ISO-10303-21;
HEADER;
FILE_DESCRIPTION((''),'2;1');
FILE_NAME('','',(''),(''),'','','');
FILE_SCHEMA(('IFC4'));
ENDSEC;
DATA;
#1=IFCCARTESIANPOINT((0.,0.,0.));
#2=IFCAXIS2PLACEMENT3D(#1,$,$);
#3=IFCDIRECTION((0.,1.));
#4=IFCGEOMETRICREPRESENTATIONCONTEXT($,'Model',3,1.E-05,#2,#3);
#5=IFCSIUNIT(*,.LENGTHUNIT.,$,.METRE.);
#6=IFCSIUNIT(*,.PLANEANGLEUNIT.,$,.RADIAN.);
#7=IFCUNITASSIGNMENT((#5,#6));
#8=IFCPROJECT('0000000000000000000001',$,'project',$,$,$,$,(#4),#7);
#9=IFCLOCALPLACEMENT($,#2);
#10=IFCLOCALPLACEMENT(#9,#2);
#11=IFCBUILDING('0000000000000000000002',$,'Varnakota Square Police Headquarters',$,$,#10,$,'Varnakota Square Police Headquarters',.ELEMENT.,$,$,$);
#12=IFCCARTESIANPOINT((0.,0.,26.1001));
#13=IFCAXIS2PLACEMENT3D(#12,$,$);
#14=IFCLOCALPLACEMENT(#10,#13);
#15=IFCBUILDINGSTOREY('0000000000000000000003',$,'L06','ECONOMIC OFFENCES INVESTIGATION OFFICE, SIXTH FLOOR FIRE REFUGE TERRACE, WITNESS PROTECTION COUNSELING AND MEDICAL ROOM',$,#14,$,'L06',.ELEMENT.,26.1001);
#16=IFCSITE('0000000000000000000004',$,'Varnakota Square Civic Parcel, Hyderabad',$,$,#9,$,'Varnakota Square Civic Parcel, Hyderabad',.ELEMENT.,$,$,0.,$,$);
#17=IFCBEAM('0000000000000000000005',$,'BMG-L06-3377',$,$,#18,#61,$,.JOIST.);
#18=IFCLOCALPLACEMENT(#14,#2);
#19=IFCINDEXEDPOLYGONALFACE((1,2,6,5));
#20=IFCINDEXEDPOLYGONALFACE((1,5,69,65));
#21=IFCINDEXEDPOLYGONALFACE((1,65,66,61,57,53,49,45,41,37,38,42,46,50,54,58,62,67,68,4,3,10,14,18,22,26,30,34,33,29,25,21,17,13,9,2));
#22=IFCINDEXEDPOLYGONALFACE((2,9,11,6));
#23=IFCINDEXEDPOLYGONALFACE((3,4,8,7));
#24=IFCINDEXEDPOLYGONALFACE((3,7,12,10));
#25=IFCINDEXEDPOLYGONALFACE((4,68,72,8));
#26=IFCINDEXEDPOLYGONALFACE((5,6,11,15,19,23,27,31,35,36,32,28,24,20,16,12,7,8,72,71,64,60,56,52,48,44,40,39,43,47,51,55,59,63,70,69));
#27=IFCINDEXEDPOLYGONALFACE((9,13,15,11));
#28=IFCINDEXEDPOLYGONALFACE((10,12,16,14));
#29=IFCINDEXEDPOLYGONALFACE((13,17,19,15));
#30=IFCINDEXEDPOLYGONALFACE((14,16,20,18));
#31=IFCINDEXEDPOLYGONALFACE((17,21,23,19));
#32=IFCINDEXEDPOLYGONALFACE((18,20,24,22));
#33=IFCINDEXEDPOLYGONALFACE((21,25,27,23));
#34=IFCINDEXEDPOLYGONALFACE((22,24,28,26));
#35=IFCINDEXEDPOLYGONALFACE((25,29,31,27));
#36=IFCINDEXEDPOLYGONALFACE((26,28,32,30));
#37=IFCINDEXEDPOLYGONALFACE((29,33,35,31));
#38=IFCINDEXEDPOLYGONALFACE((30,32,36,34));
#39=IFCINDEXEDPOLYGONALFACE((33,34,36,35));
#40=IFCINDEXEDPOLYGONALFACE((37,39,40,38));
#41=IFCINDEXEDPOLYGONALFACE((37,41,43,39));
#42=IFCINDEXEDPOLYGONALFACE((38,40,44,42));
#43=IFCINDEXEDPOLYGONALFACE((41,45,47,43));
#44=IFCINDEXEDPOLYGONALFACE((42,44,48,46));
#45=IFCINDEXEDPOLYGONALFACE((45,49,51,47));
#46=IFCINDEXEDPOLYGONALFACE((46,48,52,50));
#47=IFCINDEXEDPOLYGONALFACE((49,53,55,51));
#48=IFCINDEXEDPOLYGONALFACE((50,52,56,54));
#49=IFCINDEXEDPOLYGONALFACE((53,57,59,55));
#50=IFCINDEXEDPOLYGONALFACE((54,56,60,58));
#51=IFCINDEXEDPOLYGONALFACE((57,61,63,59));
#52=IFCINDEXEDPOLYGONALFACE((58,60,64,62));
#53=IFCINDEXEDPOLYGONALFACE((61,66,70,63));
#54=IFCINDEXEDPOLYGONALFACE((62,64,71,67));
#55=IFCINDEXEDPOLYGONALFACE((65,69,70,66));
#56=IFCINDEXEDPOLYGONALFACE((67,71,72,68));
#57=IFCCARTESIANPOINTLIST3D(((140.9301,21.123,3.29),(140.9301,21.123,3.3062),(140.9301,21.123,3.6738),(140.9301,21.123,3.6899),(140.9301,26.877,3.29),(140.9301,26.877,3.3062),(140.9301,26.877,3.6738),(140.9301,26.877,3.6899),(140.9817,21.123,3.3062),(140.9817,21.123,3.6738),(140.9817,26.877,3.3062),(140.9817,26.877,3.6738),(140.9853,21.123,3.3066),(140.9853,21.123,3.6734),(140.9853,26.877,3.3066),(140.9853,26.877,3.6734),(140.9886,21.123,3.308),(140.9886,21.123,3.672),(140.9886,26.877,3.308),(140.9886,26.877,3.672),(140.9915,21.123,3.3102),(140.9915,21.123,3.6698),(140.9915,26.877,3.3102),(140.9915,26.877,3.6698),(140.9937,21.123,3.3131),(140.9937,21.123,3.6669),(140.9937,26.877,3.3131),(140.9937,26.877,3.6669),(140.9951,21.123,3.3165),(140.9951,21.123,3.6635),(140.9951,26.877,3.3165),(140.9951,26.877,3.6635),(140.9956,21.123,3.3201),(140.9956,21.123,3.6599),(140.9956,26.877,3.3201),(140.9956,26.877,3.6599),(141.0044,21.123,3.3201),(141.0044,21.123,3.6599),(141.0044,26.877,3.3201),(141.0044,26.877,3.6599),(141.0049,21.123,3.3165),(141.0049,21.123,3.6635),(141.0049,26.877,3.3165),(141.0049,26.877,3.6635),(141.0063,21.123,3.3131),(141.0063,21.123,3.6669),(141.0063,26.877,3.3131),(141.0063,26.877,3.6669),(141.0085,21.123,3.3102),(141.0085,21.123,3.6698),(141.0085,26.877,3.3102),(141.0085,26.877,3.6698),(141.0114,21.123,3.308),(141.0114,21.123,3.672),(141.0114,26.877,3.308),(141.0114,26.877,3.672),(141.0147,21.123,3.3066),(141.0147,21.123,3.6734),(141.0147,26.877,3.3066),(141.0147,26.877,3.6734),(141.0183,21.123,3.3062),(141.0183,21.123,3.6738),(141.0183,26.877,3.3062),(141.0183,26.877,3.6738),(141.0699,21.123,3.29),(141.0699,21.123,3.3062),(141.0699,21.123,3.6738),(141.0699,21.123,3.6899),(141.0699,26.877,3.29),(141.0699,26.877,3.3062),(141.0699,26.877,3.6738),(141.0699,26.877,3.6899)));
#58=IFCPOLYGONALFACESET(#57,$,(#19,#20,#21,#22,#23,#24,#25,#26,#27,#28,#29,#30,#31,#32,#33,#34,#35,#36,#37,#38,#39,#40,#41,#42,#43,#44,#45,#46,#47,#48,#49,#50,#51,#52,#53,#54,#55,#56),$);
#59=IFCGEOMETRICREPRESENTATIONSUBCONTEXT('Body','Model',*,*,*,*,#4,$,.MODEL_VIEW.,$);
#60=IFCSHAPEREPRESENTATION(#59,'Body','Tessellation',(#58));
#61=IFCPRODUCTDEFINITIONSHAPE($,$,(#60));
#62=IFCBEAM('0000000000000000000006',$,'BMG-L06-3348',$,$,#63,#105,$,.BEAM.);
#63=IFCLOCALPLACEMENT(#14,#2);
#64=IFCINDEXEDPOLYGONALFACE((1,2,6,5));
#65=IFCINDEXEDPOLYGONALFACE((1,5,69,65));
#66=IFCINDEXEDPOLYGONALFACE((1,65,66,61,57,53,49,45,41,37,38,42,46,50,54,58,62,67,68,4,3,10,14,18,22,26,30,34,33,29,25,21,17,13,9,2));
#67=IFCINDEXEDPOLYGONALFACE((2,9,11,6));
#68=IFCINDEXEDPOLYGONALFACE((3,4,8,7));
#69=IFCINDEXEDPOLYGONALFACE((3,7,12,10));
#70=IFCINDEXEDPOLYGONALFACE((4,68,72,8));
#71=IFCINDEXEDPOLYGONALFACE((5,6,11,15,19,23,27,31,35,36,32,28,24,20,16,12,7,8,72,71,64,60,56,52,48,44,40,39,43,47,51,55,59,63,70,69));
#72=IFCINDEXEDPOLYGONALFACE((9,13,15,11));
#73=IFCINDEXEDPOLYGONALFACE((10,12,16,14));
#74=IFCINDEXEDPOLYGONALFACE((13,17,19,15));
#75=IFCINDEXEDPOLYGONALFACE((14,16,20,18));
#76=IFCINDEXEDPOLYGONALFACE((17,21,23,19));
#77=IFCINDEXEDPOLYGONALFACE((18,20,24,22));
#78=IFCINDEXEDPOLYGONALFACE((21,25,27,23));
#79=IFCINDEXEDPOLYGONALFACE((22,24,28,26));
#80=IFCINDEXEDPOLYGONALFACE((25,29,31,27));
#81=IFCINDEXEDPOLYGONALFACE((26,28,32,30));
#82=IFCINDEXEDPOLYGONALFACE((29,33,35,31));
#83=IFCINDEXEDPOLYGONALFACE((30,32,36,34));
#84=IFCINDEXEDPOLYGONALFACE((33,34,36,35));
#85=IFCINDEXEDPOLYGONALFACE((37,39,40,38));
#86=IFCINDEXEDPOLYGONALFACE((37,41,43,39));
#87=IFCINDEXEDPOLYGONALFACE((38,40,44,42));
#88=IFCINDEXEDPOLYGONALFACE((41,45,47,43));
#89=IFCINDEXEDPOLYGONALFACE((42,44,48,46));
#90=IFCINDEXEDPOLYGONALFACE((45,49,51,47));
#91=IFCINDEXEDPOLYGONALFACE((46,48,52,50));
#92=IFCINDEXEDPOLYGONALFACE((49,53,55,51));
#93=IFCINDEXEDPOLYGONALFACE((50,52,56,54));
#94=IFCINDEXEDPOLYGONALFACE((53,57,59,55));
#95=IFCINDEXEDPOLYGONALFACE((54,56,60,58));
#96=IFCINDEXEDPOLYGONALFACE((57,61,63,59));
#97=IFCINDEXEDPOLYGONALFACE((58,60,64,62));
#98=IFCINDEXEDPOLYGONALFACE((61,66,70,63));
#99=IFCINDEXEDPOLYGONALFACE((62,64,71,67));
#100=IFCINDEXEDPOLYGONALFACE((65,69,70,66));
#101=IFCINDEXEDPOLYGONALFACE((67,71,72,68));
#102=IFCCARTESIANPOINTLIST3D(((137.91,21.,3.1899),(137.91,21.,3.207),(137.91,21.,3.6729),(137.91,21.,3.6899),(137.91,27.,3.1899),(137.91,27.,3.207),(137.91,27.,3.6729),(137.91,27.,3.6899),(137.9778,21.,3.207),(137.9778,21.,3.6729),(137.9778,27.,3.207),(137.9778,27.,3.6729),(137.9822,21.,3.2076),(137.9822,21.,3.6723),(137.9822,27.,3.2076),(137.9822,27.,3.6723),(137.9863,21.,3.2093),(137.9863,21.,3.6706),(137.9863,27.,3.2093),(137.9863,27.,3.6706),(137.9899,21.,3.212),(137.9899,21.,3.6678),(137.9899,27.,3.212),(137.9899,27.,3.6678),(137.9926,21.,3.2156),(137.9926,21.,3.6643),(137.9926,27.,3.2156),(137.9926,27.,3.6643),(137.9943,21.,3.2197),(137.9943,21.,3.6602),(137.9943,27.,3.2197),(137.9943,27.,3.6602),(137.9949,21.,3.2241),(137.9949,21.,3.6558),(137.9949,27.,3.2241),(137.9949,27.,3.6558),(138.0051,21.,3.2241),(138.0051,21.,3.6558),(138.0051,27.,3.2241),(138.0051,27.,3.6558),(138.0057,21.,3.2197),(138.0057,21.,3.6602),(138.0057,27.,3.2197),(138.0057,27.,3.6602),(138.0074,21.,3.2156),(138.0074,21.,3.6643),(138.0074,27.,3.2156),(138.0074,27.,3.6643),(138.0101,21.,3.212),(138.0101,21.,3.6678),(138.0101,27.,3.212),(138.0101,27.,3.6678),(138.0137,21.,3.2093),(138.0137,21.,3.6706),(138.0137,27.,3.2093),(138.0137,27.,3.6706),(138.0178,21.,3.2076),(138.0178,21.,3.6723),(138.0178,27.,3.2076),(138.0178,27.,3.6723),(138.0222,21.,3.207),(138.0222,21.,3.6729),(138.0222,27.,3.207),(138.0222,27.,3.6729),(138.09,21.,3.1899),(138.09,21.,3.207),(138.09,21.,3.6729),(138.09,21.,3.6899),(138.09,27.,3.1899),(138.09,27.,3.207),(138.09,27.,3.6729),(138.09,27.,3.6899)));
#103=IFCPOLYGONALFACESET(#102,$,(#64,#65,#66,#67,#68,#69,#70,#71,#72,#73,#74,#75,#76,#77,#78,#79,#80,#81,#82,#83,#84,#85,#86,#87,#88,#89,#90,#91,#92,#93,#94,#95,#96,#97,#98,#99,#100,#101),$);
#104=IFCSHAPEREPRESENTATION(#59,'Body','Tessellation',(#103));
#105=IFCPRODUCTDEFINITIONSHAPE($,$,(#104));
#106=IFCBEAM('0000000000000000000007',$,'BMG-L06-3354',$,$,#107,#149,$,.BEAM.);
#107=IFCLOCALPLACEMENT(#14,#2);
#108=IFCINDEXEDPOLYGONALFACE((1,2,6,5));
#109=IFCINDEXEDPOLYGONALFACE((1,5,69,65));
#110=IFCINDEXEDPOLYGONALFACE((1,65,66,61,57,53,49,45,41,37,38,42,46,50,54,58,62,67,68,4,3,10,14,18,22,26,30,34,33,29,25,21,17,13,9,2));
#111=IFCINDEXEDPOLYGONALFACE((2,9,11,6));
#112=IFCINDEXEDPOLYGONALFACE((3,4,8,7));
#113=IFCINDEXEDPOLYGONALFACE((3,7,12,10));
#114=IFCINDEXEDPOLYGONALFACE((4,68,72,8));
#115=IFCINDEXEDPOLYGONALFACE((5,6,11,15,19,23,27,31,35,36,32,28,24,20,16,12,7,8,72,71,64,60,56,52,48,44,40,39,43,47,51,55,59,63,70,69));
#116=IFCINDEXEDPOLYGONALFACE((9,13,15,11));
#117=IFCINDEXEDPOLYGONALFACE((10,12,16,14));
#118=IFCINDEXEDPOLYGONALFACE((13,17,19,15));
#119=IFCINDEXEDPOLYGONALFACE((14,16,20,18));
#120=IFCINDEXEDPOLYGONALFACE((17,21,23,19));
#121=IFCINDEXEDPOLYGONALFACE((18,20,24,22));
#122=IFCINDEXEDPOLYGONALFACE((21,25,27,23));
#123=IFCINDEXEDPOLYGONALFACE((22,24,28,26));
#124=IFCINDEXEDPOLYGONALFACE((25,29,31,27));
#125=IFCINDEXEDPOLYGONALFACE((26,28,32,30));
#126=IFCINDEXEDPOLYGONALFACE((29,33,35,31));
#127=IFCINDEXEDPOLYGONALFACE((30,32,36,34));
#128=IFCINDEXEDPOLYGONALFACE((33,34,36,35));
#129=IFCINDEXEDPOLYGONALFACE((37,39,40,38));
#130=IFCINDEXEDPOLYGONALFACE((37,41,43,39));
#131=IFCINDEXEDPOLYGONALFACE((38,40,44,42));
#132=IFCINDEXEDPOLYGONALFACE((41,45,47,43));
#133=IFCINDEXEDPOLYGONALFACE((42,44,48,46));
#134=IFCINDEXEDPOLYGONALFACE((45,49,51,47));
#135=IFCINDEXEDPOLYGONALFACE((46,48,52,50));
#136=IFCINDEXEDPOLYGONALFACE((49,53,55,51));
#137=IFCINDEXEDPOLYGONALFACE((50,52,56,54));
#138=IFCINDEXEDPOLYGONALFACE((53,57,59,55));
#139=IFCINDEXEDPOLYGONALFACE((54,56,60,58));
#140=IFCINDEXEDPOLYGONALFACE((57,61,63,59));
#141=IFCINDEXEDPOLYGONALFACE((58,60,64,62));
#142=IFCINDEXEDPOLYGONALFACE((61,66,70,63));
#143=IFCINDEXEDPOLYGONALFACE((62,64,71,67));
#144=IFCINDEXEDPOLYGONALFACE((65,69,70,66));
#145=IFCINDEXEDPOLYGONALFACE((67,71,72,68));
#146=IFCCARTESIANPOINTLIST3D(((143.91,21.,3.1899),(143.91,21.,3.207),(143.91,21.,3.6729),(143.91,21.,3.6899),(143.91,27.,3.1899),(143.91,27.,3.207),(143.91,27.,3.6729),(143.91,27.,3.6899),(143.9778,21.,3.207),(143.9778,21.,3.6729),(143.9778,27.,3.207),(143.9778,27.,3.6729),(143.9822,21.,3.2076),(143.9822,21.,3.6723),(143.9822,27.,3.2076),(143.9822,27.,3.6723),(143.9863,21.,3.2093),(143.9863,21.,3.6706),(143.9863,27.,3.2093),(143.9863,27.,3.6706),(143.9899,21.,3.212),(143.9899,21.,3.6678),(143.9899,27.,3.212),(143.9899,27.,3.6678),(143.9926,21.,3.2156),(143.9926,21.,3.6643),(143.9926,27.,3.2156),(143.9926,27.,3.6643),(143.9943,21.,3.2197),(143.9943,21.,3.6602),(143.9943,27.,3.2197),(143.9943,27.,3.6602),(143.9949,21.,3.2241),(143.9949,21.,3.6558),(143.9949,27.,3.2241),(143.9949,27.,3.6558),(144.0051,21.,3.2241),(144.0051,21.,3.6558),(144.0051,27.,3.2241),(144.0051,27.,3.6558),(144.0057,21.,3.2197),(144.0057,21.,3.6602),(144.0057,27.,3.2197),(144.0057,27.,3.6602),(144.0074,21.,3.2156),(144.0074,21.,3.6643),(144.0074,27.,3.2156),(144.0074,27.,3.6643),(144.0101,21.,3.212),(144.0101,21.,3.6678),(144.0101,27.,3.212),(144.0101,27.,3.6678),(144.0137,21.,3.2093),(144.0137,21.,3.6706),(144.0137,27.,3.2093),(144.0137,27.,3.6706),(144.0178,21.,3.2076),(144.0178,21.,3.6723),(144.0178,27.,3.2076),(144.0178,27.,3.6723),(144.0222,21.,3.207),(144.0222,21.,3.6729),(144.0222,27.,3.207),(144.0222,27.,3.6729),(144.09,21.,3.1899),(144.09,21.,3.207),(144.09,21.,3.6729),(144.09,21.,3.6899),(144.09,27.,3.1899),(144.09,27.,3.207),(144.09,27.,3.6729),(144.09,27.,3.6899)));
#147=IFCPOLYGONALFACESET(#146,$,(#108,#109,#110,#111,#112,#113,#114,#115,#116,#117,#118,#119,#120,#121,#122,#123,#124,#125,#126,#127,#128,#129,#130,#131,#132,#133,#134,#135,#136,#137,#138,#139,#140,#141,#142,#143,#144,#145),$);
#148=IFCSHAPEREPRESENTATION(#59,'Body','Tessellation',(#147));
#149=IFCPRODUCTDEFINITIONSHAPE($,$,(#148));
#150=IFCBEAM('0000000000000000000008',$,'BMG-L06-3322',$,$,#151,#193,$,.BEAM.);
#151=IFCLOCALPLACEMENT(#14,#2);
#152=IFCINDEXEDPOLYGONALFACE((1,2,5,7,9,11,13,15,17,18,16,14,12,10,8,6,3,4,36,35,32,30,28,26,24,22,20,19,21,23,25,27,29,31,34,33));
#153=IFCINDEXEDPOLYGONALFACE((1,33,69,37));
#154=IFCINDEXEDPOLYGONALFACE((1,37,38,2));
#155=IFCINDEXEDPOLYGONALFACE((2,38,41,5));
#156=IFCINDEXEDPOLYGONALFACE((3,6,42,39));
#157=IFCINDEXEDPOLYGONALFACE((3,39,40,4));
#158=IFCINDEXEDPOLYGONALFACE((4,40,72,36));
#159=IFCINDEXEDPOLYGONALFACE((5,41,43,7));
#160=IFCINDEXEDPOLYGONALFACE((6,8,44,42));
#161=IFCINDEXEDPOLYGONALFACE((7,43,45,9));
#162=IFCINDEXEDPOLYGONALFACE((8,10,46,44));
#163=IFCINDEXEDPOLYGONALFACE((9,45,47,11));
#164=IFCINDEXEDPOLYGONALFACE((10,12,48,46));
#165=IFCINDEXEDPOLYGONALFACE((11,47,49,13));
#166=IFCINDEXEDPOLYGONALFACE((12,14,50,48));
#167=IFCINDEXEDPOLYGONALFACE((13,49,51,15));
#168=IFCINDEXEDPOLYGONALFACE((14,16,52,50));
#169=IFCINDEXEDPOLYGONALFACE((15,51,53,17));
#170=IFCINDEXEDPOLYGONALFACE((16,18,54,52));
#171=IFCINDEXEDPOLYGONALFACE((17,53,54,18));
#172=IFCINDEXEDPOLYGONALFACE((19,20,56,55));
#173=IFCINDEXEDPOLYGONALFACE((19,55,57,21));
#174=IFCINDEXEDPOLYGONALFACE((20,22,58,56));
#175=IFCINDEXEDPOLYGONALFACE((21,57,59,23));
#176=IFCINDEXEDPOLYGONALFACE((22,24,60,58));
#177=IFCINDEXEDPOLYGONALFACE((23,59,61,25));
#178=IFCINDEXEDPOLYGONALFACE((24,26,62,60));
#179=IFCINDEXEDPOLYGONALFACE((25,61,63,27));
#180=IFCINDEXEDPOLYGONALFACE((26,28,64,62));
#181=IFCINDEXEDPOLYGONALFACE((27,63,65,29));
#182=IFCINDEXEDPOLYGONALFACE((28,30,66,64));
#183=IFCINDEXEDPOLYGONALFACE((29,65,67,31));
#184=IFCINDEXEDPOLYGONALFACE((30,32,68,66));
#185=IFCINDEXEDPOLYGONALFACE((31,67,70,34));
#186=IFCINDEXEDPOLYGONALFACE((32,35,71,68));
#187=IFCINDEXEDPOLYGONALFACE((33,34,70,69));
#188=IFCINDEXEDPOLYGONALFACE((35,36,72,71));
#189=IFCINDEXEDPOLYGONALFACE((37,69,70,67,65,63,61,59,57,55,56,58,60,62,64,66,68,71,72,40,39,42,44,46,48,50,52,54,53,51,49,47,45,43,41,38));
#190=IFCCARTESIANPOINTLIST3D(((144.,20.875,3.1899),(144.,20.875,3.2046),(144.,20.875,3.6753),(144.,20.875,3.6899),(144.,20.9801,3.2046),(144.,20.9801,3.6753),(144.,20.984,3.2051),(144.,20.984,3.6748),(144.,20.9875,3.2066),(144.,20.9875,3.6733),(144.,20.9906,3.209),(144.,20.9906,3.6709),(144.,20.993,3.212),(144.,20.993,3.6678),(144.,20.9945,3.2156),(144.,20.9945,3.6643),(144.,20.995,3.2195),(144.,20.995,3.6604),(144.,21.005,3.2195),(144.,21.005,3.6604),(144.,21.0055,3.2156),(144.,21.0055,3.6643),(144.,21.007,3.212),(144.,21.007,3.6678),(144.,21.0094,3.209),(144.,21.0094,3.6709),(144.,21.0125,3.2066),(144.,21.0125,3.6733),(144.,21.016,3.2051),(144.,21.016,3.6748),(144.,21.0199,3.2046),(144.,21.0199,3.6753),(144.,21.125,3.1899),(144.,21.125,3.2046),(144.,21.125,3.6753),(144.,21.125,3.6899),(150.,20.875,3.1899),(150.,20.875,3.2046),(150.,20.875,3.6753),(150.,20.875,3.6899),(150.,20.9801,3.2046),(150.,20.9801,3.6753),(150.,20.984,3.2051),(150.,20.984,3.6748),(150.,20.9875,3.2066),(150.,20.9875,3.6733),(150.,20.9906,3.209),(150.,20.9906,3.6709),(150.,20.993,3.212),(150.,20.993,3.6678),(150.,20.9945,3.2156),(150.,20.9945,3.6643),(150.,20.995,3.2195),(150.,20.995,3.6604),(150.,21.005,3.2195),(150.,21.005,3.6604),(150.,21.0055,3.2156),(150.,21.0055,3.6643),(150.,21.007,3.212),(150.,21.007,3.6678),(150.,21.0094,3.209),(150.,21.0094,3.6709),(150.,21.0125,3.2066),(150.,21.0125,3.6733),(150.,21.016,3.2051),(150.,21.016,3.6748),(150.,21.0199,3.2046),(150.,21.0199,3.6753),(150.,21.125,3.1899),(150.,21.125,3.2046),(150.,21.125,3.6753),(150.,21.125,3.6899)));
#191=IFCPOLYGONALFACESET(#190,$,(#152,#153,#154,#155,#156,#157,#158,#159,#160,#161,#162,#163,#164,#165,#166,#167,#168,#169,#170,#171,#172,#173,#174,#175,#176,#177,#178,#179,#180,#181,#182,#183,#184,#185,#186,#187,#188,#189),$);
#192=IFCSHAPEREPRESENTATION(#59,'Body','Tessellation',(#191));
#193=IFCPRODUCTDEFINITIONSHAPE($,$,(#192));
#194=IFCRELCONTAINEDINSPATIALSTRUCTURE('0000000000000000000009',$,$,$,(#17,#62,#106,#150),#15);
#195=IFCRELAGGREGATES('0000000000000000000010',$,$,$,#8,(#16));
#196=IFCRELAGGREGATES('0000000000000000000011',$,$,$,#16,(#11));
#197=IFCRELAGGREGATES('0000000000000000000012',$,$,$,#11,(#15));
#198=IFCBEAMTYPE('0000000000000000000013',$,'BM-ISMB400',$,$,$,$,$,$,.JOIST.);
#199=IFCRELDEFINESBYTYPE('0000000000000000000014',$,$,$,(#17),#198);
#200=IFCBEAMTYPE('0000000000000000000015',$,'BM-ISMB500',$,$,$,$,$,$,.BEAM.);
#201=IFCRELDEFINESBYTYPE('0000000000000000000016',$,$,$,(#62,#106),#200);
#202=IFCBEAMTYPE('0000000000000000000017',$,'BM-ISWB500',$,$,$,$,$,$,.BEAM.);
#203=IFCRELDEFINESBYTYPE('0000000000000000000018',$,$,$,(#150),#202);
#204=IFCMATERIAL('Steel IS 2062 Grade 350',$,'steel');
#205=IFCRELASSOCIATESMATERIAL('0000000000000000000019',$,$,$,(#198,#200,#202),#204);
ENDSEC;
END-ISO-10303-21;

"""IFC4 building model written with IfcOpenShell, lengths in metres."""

from ifc_helpers import new_model, si_unit, direction, frame, origin, origin_2d, place, context, subcontext, project, spatial, i_section, extrude, material, material_profile, profile_set, type_object, element, save


model = new_model("IFC4")

# Units and contexts
model_context = context("Model", 3, precision=1e-05, world=origin(), true_north=direction((0.0, 1.0)))
body_context = subcontext(model_context, "Body", "Model", "MODEL_VIEW")
ifc_project = project(units=[si_unit("LENGTHUNIT", "METRE"), si_unit("PLANEANGLEUNIT", "RADIAN")], contexts=[model_context])

# Site, building, storey
site_placement = place(None, origin())
site = spatial("IfcSite", under=ifc_project, at=site_placement, Name="Varnakota Square Civic Parcel, Hyderabad", LongName="Varnakota Square Civic Parcel, Hyderabad", CompositionType="ELEMENT", RefElevation=0.0)
building_placement = place(site_placement, origin())
building = spatial("IfcBuilding", under=site, at=building_placement, Name="Varnakota Square Police Headquarters", LongName="Varnakota Square Police Headquarters", CompositionType="ELEMENT")
storey_placement = place(building_placement, frame((0.0, 0.0, 26.1001)))
storey = spatial("IfcBuildingStorey", under=building, at=storey_placement, Name="L06", Description="ECONOMIC OFFENCES INVESTIGATION OFFICE, SIXTH FLOOR FIRE REFUGE TERRACE, WITNESS PROTECTION COUNSELING AND MEDICAL ROOM", LongName="L06", CompositionType="ELEMENT", Elevation=26.1001)

# Shared definitions
ifc_material_1 = material(Name="Steel IS 2062 Grade 350", Category="steel")

# Beams
ifc_material_profile_1 = material_profile(ifc_material_1, i_section(OverallWidth=0.1399, OverallDepth=0.3999, WebThickness=0.0088, FlangeThickness=0.0161, FilletRadius=0.0139, at=origin_2d()), Name="ISMB 400")
ifc_profile_set_1 = profile_set([ifc_material_profile_1], Name="Steel IS 2062 Grade 350")
beam_type_1 = type_object("IfcBeamType", Name="BM-ISMB400", PredefinedType="JOIST", material=ifc_profile_set_1)
beam_1_placement = place(storey_placement, frame((141.0, 21.123, 3.49), z_axis=(0.0, 1.0, 0.0), x_axis=(-1.0, 0.0, 0.0)))
element("IfcBeam", 1, at=beam_1_placement, inside=storey, type_object=beam_type_1, Name="BMG-L06-3377", PredefinedType="JOIST", context=body_context, shape_type="SweptSolid", body=[
    extrude(i_section(OverallWidth=0.1399, OverallDepth=0.3999, WebThickness=0.0088, FlangeThickness=0.0161, FilletRadius=0.0139, at=origin_2d()), origin(), (0.0, 0.0, 1.0), 5.7539),
])
ifc_material_profile_2 = material_profile(ifc_material_1, i_section(OverallWidth=0.1799, OverallDepth=0.5, WebThickness=0.0103, FlangeThickness=0.0171, FilletRadius=0.0171, at=origin_2d()), Name="ISMB 500")
ifc_profile_set_2 = profile_set([ifc_material_profile_2], Name="Steel IS 2062 Grade 350")
beam_type_2 = type_object("IfcBeamType", Name="BM-ISMB500", PredefinedType="BEAM", material=ifc_profile_set_2)
for number, where, z_axis, x_axis, name in (
    (2, (138.0, 21.0, 3.4399), (0.0, 1.0, 0.0), (-1.0, 0.0, 0.0), "BMG-L06-3348"),
    (3, (144.0, 21.0, 3.4399), (0.0, 1.0, 0.0), (-1.0, 0.0, 0.0), "BMG-L06-3354"),
):
    element("IfcBeam", number, at=place(storey_placement, frame(where, z_axis=z_axis, x_axis=x_axis)), inside=storey, type_object=beam_type_2, Name=name, PredefinedType="BEAM", context=body_context, shape_type="SweptSolid", body=[
        extrude(i_section(OverallWidth=0.1799, OverallDepth=0.5, WebThickness=0.0103, FlangeThickness=0.0171, FilletRadius=0.0171, at=origin_2d()), origin(), (0.0, 0.0, 1.0), 6.0),
    ])
ifc_material_profile_3 = material_profile(ifc_material_1, i_section(OverallWidth=0.25, OverallDepth=0.5, WebThickness=0.01, FlangeThickness=0.0146, FilletRadius=0.0149, at=origin_2d()), Name="ISWB 500")
ifc_profile_set_3 = profile_set([ifc_material_profile_3], Name="Steel IS 2062 Grade 350")
beam_type_3 = type_object("IfcBeamType", Name="BM-ISWB500", PredefinedType="BEAM", material=ifc_profile_set_3)
beam_2_placement = place(storey_placement, frame((144.0, 21.0, 3.4399), z_axis=(1.0, 0.0, 0.0), x_axis=(0.0, 1.0, 0.0)))
element("IfcBeam", 4, at=beam_2_placement, inside=storey, type_object=beam_type_3, Name="BMG-L06-3322", PredefinedType="BEAM", context=body_context, shape_type="SweptSolid", body=[
    extrude(i_section(OverallWidth=0.25, OverallDepth=0.5, WebThickness=0.01, FlangeThickness=0.0146, FilletRadius=0.0149, at=origin_2d()), origin(), (0.0, 0.0, 1.0), 6.0),
])

save(model, "model.ifc")
